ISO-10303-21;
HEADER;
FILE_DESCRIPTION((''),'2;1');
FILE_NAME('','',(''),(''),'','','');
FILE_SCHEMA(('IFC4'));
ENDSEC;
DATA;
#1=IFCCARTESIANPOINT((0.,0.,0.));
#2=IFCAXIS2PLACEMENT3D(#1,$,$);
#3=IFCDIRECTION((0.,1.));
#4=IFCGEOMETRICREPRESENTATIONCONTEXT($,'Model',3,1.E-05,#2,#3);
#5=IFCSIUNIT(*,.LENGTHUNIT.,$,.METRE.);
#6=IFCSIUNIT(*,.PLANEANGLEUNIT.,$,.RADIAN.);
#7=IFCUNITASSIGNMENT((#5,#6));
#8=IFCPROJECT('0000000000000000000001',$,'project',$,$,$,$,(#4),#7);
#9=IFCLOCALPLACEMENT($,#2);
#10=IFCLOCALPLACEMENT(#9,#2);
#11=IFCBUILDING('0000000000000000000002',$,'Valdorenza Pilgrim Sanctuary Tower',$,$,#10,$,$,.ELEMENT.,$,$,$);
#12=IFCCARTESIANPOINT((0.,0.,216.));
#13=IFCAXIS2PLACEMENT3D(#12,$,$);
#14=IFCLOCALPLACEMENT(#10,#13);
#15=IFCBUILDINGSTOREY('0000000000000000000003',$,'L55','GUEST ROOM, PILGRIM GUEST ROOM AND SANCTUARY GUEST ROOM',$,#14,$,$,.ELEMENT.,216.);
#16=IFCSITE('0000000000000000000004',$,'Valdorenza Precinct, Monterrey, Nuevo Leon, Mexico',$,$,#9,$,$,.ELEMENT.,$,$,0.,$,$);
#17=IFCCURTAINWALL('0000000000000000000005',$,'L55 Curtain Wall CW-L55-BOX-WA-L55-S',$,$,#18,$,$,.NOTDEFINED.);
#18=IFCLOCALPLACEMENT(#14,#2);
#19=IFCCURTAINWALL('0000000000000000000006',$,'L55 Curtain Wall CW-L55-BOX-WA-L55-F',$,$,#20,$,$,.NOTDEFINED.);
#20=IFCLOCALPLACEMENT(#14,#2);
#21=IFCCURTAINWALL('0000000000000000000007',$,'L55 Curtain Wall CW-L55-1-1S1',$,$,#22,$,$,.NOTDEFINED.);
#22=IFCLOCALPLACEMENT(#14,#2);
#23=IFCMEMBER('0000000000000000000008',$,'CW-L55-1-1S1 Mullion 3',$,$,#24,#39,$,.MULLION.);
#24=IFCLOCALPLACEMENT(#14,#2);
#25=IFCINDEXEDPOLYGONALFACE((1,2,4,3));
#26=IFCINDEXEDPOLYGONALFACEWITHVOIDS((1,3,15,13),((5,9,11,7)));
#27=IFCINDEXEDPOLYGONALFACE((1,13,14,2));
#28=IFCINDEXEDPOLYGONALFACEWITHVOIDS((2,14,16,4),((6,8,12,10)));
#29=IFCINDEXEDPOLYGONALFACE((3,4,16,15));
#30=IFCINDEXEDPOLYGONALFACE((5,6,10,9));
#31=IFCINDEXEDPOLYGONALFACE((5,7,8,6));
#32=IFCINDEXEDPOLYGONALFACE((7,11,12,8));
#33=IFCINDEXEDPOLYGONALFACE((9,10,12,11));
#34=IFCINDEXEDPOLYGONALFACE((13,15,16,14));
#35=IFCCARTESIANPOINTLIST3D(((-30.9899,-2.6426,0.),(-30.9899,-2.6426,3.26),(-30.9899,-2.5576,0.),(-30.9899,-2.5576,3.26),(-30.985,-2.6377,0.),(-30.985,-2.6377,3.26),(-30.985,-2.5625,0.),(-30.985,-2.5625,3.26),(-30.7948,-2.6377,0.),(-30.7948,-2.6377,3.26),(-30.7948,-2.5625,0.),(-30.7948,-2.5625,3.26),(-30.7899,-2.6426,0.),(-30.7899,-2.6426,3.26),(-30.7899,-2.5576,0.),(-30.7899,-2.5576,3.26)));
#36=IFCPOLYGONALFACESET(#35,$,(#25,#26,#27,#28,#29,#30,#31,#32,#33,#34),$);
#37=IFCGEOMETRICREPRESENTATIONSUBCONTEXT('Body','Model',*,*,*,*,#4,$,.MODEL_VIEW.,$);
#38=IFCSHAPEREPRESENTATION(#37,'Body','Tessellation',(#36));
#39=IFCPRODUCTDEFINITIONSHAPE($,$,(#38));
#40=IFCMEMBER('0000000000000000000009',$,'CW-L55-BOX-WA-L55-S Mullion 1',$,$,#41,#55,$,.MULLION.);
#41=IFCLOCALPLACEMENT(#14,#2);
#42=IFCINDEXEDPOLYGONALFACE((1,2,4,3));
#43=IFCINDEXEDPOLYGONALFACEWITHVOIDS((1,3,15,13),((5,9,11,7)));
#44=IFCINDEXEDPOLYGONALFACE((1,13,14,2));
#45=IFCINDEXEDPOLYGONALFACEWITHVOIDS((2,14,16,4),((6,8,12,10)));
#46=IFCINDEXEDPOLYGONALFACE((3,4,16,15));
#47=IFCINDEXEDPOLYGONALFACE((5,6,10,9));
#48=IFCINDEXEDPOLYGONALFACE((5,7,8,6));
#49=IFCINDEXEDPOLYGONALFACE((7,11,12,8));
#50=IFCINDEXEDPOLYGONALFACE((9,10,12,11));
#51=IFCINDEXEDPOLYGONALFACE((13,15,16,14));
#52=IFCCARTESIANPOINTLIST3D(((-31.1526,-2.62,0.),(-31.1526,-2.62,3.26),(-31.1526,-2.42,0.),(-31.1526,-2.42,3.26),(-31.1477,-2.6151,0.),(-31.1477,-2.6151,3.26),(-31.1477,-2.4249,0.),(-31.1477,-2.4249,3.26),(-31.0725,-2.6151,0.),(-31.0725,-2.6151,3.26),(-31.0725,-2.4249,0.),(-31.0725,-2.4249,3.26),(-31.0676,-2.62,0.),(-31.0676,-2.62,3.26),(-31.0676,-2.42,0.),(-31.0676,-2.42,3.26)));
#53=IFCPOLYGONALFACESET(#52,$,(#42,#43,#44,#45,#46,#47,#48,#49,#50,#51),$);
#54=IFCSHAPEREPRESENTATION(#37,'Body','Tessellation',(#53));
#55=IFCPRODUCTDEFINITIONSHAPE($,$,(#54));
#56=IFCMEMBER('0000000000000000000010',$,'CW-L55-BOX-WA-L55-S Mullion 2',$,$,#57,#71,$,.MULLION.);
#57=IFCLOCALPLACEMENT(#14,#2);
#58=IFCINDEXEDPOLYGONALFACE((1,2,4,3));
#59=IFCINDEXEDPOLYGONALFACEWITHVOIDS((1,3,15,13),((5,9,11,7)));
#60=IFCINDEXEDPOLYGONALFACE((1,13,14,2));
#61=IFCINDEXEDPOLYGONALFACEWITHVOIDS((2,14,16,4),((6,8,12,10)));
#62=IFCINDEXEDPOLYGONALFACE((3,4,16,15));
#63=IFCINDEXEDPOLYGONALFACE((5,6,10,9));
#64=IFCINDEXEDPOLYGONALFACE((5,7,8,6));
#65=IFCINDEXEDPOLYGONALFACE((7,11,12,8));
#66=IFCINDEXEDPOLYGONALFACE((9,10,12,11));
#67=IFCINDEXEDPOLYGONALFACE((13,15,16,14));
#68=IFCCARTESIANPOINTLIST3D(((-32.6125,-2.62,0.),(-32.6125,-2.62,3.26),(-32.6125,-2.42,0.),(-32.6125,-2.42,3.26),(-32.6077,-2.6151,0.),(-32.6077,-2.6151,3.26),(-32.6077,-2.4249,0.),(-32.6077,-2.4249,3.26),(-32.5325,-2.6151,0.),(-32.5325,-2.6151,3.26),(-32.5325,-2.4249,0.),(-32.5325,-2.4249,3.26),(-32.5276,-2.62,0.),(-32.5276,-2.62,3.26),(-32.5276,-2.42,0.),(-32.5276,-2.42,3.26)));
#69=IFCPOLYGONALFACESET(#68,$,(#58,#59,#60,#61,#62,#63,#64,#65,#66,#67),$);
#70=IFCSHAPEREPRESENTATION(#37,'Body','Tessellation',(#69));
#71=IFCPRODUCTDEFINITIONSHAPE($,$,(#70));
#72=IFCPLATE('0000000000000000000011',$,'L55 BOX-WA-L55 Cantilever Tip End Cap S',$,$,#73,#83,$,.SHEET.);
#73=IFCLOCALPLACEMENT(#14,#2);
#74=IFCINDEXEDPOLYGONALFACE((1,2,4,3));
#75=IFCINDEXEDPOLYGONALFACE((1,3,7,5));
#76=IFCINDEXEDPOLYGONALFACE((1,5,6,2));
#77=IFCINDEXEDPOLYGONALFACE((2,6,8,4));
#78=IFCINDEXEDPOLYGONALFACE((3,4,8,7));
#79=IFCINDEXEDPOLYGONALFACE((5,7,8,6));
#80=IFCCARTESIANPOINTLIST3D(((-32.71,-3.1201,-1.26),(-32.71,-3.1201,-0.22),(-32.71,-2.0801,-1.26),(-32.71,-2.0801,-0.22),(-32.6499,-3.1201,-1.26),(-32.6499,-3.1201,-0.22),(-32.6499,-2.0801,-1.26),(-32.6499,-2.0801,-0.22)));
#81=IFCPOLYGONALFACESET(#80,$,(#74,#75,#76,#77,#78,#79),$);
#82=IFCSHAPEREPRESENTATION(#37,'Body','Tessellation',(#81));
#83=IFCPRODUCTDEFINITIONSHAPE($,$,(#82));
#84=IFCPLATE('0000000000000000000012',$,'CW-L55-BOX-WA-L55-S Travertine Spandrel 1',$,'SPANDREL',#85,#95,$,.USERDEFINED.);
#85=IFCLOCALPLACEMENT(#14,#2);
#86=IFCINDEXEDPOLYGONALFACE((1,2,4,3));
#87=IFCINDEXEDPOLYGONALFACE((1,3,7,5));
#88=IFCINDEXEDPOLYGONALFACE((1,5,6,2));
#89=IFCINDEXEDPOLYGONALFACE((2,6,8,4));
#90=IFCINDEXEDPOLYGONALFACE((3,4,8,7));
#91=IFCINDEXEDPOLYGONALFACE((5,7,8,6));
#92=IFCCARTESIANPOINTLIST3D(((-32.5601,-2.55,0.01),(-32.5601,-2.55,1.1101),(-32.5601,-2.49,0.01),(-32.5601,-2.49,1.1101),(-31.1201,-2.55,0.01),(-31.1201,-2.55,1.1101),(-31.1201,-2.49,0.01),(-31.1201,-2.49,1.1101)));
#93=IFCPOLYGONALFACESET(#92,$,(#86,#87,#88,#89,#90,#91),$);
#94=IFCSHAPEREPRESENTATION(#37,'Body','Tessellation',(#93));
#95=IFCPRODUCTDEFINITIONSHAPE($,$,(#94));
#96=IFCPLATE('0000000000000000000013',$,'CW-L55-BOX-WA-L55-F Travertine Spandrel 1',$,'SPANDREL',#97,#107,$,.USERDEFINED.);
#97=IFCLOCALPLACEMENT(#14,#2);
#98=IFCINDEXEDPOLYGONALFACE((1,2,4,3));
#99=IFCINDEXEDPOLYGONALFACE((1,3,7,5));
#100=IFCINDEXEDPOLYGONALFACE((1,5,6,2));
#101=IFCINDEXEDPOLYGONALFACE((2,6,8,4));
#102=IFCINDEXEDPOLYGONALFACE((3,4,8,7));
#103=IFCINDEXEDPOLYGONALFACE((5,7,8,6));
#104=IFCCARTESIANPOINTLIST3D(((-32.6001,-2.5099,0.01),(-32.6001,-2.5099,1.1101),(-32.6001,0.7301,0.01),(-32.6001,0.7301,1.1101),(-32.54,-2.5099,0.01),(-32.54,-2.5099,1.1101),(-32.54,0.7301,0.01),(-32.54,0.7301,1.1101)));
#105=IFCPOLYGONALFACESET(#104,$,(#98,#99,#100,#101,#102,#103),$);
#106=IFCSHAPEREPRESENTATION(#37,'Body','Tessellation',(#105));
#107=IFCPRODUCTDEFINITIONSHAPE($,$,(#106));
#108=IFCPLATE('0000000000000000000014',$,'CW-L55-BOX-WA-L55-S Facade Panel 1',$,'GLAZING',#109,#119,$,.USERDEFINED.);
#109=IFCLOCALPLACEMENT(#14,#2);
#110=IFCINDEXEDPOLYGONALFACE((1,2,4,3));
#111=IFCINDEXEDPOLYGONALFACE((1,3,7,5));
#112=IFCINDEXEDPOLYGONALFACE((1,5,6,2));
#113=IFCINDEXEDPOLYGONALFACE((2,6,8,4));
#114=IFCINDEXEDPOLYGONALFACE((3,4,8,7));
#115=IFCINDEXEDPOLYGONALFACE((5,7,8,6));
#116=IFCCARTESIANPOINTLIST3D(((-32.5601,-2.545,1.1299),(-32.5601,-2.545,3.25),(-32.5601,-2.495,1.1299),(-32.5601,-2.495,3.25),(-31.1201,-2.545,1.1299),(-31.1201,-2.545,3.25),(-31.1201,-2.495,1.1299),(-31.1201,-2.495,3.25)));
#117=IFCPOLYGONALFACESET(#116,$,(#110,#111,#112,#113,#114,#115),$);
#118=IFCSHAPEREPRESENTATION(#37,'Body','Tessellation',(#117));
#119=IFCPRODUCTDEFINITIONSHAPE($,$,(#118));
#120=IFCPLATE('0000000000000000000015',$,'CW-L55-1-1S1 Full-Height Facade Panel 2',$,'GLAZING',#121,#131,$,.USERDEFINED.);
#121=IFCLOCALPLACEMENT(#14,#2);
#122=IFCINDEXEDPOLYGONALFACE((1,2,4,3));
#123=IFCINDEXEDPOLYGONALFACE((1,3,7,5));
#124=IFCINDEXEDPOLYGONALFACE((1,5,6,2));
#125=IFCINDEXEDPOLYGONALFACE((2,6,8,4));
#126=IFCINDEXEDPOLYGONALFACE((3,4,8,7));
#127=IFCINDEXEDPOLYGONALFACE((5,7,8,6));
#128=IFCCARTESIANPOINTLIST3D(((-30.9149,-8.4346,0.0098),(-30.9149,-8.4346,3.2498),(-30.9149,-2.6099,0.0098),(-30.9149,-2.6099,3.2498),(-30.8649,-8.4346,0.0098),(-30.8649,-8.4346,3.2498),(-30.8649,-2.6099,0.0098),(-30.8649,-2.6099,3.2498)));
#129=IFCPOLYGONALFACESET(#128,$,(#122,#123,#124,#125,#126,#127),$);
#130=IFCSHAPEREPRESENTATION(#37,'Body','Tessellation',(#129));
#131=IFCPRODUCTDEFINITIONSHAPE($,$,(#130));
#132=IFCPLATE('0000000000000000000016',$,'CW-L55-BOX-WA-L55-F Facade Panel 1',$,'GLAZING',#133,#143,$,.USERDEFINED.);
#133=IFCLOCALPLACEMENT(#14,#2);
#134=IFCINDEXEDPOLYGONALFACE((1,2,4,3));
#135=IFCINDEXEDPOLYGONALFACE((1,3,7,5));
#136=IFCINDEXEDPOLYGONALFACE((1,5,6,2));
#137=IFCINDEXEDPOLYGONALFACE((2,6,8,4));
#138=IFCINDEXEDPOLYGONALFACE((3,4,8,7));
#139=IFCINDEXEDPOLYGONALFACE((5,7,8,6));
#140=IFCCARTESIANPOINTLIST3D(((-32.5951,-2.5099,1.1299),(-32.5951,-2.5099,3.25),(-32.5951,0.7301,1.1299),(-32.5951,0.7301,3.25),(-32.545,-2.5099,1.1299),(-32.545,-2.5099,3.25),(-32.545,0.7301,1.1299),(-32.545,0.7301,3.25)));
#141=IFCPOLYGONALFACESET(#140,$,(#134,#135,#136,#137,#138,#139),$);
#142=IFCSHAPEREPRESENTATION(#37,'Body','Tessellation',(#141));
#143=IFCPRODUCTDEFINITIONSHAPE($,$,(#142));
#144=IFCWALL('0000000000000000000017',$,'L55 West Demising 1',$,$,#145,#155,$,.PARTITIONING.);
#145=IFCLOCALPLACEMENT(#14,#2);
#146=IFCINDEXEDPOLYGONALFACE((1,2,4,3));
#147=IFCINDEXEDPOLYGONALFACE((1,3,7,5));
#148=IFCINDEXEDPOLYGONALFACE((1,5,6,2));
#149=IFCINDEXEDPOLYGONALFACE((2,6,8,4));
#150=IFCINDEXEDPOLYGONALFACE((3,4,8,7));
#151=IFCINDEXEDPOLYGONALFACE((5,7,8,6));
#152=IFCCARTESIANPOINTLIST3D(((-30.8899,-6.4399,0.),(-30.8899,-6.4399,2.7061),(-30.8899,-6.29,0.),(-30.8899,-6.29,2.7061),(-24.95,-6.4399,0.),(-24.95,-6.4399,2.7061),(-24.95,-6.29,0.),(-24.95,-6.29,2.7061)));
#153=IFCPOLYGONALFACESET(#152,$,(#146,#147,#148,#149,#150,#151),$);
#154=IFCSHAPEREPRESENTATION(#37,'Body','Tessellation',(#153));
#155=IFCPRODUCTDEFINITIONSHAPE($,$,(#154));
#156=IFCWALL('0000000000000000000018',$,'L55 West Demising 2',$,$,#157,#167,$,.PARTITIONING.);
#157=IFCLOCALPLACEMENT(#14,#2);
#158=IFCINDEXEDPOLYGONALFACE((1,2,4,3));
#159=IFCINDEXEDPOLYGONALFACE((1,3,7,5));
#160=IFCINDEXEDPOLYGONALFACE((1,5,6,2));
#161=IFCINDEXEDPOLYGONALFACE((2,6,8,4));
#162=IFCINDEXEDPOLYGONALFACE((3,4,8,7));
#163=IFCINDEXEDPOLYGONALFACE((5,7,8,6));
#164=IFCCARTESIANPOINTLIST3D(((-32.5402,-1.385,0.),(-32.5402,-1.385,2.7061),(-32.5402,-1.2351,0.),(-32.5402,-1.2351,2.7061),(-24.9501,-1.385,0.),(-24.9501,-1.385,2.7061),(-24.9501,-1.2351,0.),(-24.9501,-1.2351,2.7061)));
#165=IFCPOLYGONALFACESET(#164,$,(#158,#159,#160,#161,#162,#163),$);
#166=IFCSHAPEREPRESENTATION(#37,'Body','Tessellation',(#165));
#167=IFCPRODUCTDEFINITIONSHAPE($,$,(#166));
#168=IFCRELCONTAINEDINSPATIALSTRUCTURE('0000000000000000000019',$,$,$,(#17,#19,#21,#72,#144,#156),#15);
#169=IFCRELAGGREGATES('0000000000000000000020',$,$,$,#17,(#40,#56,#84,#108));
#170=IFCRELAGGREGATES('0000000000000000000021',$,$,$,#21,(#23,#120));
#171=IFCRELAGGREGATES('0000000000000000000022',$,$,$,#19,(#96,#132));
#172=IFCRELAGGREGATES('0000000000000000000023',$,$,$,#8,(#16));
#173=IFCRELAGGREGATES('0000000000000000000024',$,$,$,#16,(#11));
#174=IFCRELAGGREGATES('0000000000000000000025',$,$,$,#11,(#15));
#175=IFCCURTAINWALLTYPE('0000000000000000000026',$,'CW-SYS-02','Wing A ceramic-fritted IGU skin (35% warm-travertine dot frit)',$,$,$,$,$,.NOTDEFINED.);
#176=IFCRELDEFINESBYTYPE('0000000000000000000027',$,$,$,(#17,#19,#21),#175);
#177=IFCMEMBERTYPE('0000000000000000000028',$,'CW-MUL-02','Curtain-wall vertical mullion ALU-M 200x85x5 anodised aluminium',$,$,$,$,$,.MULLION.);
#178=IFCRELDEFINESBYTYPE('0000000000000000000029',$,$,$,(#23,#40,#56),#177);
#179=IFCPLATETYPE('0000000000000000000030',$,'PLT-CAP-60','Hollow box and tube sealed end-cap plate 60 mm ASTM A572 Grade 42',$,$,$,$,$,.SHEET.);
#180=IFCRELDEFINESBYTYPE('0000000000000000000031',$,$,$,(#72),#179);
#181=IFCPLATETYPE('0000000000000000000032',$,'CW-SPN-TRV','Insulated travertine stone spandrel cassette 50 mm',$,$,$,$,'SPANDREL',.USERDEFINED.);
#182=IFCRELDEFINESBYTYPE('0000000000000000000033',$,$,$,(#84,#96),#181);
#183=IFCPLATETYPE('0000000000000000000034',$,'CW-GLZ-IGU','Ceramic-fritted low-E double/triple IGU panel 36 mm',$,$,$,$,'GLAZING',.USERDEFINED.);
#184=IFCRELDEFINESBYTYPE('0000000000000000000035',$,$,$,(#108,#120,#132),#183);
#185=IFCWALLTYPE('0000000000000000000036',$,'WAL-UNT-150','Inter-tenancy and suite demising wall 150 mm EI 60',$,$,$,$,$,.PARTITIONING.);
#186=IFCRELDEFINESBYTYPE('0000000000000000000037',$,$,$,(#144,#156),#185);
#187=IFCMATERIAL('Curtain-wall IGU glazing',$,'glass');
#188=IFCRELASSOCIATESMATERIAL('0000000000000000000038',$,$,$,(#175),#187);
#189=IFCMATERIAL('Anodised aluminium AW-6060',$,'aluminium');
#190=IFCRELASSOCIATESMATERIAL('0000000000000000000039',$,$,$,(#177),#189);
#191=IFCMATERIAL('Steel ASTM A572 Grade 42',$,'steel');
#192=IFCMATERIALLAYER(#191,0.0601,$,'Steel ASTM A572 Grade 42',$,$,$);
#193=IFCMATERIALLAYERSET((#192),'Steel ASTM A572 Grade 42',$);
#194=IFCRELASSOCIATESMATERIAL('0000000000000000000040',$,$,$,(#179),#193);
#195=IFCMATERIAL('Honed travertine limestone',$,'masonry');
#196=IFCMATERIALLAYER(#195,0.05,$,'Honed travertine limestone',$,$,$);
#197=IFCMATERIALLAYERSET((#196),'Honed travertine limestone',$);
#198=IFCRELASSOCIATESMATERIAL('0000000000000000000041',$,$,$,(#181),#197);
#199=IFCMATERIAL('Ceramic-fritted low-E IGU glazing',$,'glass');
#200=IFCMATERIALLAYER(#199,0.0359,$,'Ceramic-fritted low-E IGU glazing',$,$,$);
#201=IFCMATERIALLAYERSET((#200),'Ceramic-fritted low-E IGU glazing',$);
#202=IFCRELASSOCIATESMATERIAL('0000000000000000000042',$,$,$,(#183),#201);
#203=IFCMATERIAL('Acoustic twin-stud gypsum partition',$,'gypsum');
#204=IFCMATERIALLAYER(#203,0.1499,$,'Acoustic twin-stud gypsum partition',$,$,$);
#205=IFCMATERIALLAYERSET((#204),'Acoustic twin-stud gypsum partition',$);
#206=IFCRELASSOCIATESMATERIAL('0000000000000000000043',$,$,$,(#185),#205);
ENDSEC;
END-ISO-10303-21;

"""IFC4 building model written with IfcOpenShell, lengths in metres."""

from ifc_helpers import new_model, si_unit, direction, frame, frame_2d, origin, origin_2d, place, context, subcontext, project, spatial, rectangle, hollow_rectangle, extrude, source, transform, mapped, material, layer, layer_set, material_profile, profile_set, type_object, element, aggregate, save


model = new_model("IFC4")

# Units and contexts
model_context = context("Model", 3, precision=1e-05, world=origin(), true_north=direction((0.0, 1.0)))
body_context = subcontext(model_context, "Body", "Model", "MODEL_VIEW")
ifc_project = project(units=[si_unit("LENGTHUNIT", "METRE"), si_unit("PLANEANGLEUNIT", "RADIAN")], contexts=[model_context])

# Site, building, storey
site_placement = place(None, origin())
site = spatial("IfcSite", under=ifc_project, at=site_placement, Name="Valdorenza Precinct, Monterrey, Nuevo Leon, Mexico", CompositionType="ELEMENT", RefElevation=0.0)
building_placement = place(site_placement, origin())
building = spatial("IfcBuilding", under=site, at=building_placement, Name="Valdorenza Pilgrim Sanctuary Tower", CompositionType="ELEMENT")
storey_placement = place(building_placement, frame((0.0, 0.0, 216.0)))
storey = spatial("IfcBuildingStorey", under=building, at=storey_placement, Name="L55", Description="GUEST ROOM, PILGRIM GUEST ROOM AND SANCTUARY GUEST ROOM", CompositionType="ELEMENT", Elevation=216.0)

# Curtain walls, member
ifc_material_1 = material(Name="Curtain-wall IGU glazing", Category="glass")
curtain_wall_type = type_object("IfcCurtainWallType", Name="CW-SYS-02", Description="Wing A ceramic-fritted IGU skin (35% warm-travertine dot frit)", PredefinedType="NOTDEFINED", material=ifc_material_1)
curtain_wall_1_placement = place(storey_placement, origin())
curtain_wall_1 = element("IfcCurtainWall", 1, at=curtain_wall_1_placement, inside=storey, type_object=curtain_wall_type, Name="L55 Curtain Wall CW-L55-BOX-WA-L55-S", PredefinedType="NOTDEFINED")
ifc_material_2 = material(Name="Anodised aluminium AW-6060", Category="aluminium")
curtain_wall_2_placement = place(storey_placement, origin())
curtain_wall_2 = element("IfcCurtainWall", 2, at=curtain_wall_2_placement, inside=storey, type_object=curtain_wall_type, Name="L55 Curtain Wall CW-L55-BOX-WA-L55-F", PredefinedType="NOTDEFINED")
curtain_wall_3_placement = place(storey_placement, origin())
curtain_wall_3 = element("IfcCurtainWall", 3, at=curtain_wall_3_placement, inside=storey, type_object=curtain_wall_type, Name="L55 Curtain Wall CW-L55-1-1S1", PredefinedType="NOTDEFINED")
ifc_material_profile_1 = material_profile(ifc_material_2, hollow_rectangle(XDim=0.085, YDim=0.2, WallThickness=0.0049, at=origin_2d()), Name="ALU-M 200x85x5")
ifc_profile_set_1 = profile_set([ifc_material_profile_1], Name="Anodised aluminium AW-6060")
member_type_1 = type_object("IfcMemberType", Name="CW-MUL-02", Description="Curtain-wall vertical mullion ALU-M 200x85x5 anodised aluminium", PredefinedType="MULLION", material=ifc_profile_set_1)
shared_shape_1 = source(origin(), body_context, "Body", "SweptSolid", [
    extrude(hollow_rectangle(XDim=0.085, YDim=0.2, WallThickness=0.0049, at=origin_2d()), origin(), (0.0, 0.0, 1.0), 3.26),
])
member_1_placement = place(storey_placement, frame((-30.8899, -2.6001, 0.0), z_axis=(0.0, 0.0, 1.0), x_axis=(0.0, 1.0, 0.0)))
member_1 = element("IfcMember", 4, at=member_1_placement, type_object=member_type_1, Name="CW-L55-1-1S1 Mullion 3", PredefinedType="MULLION", context=body_context, shape_type="MappedRepresentation", body=[
    mapped(shared_shape_1, transform((0.0, 0.0, 0.0), x_axis=(1.0, 0.0, 0.0), y_axis=(0.0, 1.0, 0.0), z_axis=(0.0, 0.0, 1.0), scale=1.0)),
])

# Members
member_2_placement = place(storey_placement, frame((-31.1101, -2.52, 0.0), z_axis=(0.0, 0.0, 1.0), x_axis=(-1.0, 0.0, 0.0)))
member_2 = element("IfcMember", 5, at=member_2_placement, type_object=member_type_1, Name="CW-L55-BOX-WA-L55-S Mullion 1", PredefinedType="MULLION", context=body_context, shape_type="MappedRepresentation", body=[
    mapped(shared_shape_1, transform((0.0, 0.0, 0.0), x_axis=(1.0, 0.0, 0.0), y_axis=(0.0, 1.0, 0.0), z_axis=(0.0, 0.0, 1.0), scale=1.0)),
])
member_3_placement = place(storey_placement, frame((-32.5701, -2.52, 0.0), z_axis=(0.0, 0.0, 1.0), x_axis=(-1.0, 0.0, 0.0)))
member_3 = element("IfcMember", 6, at=member_3_placement, type_object=member_type_1, Name="CW-L55-BOX-WA-L55-S Mullion 2", PredefinedType="MULLION", context=body_context, shape_type="MappedRepresentation", body=[
    mapped(shared_shape_1, transform((0.0, 0.0, 0.0), x_axis=(1.0, 0.0, 0.0), y_axis=(0.0, 1.0, 0.0), z_axis=(0.0, 0.0, 1.0), scale=1.0)),
])

# Plates
ifc_material_3 = material(Name="Steel ASTM A572 Grade 42", Category="steel")
ifc_layer_1 = layer(ifc_material_3, 0.0601, Name="Steel ASTM A572 Grade 42")
ifc_layer_set_1 = layer_set([ifc_layer_1], Name="Steel ASTM A572 Grade 42")
plate_type_1 = type_object("IfcPlateType", Name="PLT-CAP-60", Description="Hollow box and tube sealed end-cap plate 60 mm ASTM A572 Grade 42", PredefinedType="SHEET", material=ifc_layer_set_1)
shared_shape_2 = source(origin(), body_context, "Body", "SweptSolid", [
    extrude(rectangle(XDim=0.0601, YDim=1.04, at=origin_2d()), origin(), (0.0, 0.0, 1.0), 1.04),
])
plate_1_placement = place(storey_placement, frame((-32.6799, -2.6001, -1.26), z_axis=(0.0, 0.0, 1.0), x_axis=(1.0, 0.0, 0.0)))
element("IfcPlate", 7, at=plate_1_placement, inside=storey, type_object=plate_type_1, Name="L55 BOX-WA-L55 Cantilever Tip End Cap S", PredefinedType="SHEET", context=body_context, shape_type="MappedRepresentation", body=[
    mapped(shared_shape_2, transform((0.0, 0.0, 0.0), x_axis=(1.0, 0.0, 0.0), y_axis=(0.0, 1.0, 0.0), z_axis=(0.0, 0.0, 1.0), scale=1.0)),
])
ifc_material_4 = material(Name="Honed travertine limestone", Category="masonry")
ifc_layer_2 = layer(ifc_material_4, 0.05, Name="Honed travertine limestone")
ifc_layer_set_2 = layer_set([ifc_layer_2], Name="Honed travertine limestone")
plate_type_2 = type_object("IfcPlateType", Name="CW-SPN-TRV", Description="Insulated travertine stone spandrel cassette 50 mm", ElementType="SPANDREL", PredefinedType="USERDEFINED", material=ifc_layer_set_2)
shared_shape_3 = source(origin(), body_context, "Body", "SweptSolid", [
    extrude(rectangle(XDim=1.4399, YDim=0.0601, at=origin_2d()), origin(), (0.0, 0.0, 1.0), 1.1001),
])
plate_2_placement = place(storey_placement, frame((-31.8401, -2.52, 0.01), z_axis=(0.0, 0.0, 1.0), x_axis=(-1.0, 0.0, 0.0)))
plate_2 = element("IfcPlate", 8, at=plate_2_placement, type_object=plate_type_2, Name="CW-L55-BOX-WA-L55-S Travertine Spandrel 1", ObjectType="SPANDREL", PredefinedType="USERDEFINED", context=body_context, shape_type="MappedRepresentation", body=[
    mapped(shared_shape_3, transform((0.0, 0.0, 0.0), x_axis=(1.0, 0.0, 0.0), y_axis=(0.0, 1.0, 0.0), z_axis=(0.0, 0.0, 1.0), scale=1.0)),
])
shared_shape_4 = source(origin(), body_context, "Body", "SweptSolid", [
    extrude(rectangle(XDim=3.24, YDim=0.0601, at=origin_2d()), origin(), (0.0, 0.0, 1.0), 1.1001),
])
plate_3_placement = place(storey_placement, frame((-32.5701, -0.8899, 0.01), z_axis=(0.0, 0.0, 1.0), x_axis=(0.0, 1.0, 0.0)))
plate_3 = element("IfcPlate", 9, at=plate_3_placement, type_object=plate_type_2, Name="CW-L55-BOX-WA-L55-F Travertine Spandrel 1", ObjectType="SPANDREL", PredefinedType="USERDEFINED", context=body_context, shape_type="MappedRepresentation", body=[
    mapped(shared_shape_4, transform((0.0, 0.0, 0.0), x_axis=(1.0, 0.0, 0.0), y_axis=(0.0, 1.0, 0.0), z_axis=(0.0, 0.0, 1.0), scale=1.0)),
])
ifc_material_5 = material(Name="Ceramic-fritted low-E IGU glazing", Category="glass")
ifc_layer_3 = layer(ifc_material_5, 0.0359, Name="Ceramic-fritted low-E IGU glazing")
ifc_layer_set_3 = layer_set([ifc_layer_3], Name="Ceramic-fritted low-E IGU glazing")
plate_type_3 = type_object("IfcPlateType", Name="CW-GLZ-IGU", Description="Ceramic-fritted low-E double/triple IGU panel 36 mm", ElementType="GLAZING", PredefinedType="USERDEFINED", material=ifc_layer_set_3)
shared_shape_5 = source(origin(), body_context, "Body", "SweptSolid", [
    extrude(rectangle(XDim=1.4399, YDim=0.05, at=origin_2d()), origin(), (0.0, 0.0, 1.0), 2.1201),
])
plate_4_placement = place(storey_placement, frame((-31.8401, -2.52, 1.1299), z_axis=(0.0, 0.0, 1.0), x_axis=(-1.0, 0.0, 0.0)))
plate_4 = element("IfcPlate", 10, at=plate_4_placement, type_object=plate_type_3, Name="CW-L55-BOX-WA-L55-S Facade Panel 1", ObjectType="GLAZING", PredefinedType="USERDEFINED", context=body_context, shape_type="MappedRepresentation", body=[
    mapped(shared_shape_5, transform((0.0, 0.0, 0.0), x_axis=(1.0, 0.0, 0.0), y_axis=(0.0, 1.0, 0.0), z_axis=(0.0, 0.0, 1.0), scale=1.0)),
])
aggregate(curtain_wall_1, [member_2, member_3, plate_2, plate_4])
shared_shape_6 = source(origin(), body_context, "Body", "SweptSolid", [
    extrude(rectangle(XDim=5.8247, YDim=0.05, at=origin_2d()), origin(), (0.0, 0.0, 1.0), 3.24),
])
plate_5_placement = place(storey_placement, frame((-30.8899, -5.5222, 0.0098), z_axis=(0.0, 0.0, 1.0), x_axis=(0.0, 1.0, 0.0)))
plate_5 = element("IfcPlate", 11, at=plate_5_placement, type_object=plate_type_3, Name="CW-L55-1-1S1 Full-Height Facade Panel 2", ObjectType="GLAZING", PredefinedType="USERDEFINED", context=body_context, shape_type="MappedRepresentation", body=[
    mapped(shared_shape_6, transform((0.0, 0.0, 0.0), x_axis=(1.0, 0.0, 0.0), y_axis=(0.0, 1.0, 0.0), z_axis=(0.0, 0.0, 1.0), scale=1.0)),
])
aggregate(curtain_wall_3, [member_1, plate_5])
shared_shape_7 = source(origin(), body_context, "Body", "SweptSolid", [
    extrude(rectangle(XDim=3.24, YDim=0.05, at=origin_2d()), origin(), (0.0, 0.0, 1.0), 2.1201),
])
plate_6_placement = place(storey_placement, frame((-32.5701, -0.8899, 1.1299), z_axis=(0.0, 0.0, 1.0), x_axis=(0.0, 1.0, 0.0)))
plate_6 = element("IfcPlate", 12, at=plate_6_placement, type_object=plate_type_3, Name="CW-L55-BOX-WA-L55-F Facade Panel 1", ObjectType="GLAZING", PredefinedType="USERDEFINED", context=body_context, shape_type="MappedRepresentation", body=[
    mapped(shared_shape_7, transform((0.0, 0.0, 0.0), x_axis=(1.0, 0.0, 0.0), y_axis=(0.0, 1.0, 0.0), z_axis=(0.0, 0.0, 1.0), scale=1.0)),
])
aggregate(curtain_wall_2, [plate_3, plate_6])

# Walls
ifc_material_6 = material(Name="Acoustic twin-stud gypsum partition", Category="gypsum")
ifc_layer_4 = layer(ifc_material_6, 0.1499, Name="Acoustic twin-stud gypsum partition")
ifc_layer_set_4 = layer_set([ifc_layer_4], Name="Acoustic twin-stud gypsum partition")
wall_type = type_object("IfcWallType", Name="WAL-UNT-150", Description="Inter-tenancy and suite demising wall 150 mm EI 60", PredefinedType="PARTITIONING", material=ifc_layer_set_4)
wall_1_placement = place(storey_placement, frame((-30.8899, -6.365, 0.0), z_axis=(0.0, 0.0, 1.0), x_axis=(1.0, 0.0, 0.0)))
element("IfcWall", 13, at=wall_1_placement, inside=storey, type_object=wall_type, Name="L55 West Demising 1", PredefinedType="PARTITIONING", context=body_context, shape_type="SweptSolid", body=[
    extrude(rectangle(XDim=5.9399, YDim=0.1499, at=frame_2d((2.97, 0.0))), origin(), (0.0, 0.0, 1.0), 2.7061),
])
wall_2_placement = place(storey_placement, frame((-32.54, -1.3101, 0.0), z_axis=(0.0, 0.0, 1.0), x_axis=(1.0, 0.0, 0.0)))
element("IfcWall", 14, at=wall_2_placement, inside=storey, type_object=wall_type, Name="L55 West Demising 2", PredefinedType="PARTITIONING", context=body_context, shape_type="SweptSolid", body=[
    extrude(rectangle(XDim=7.5901, YDim=0.1499, at=frame_2d((3.7949, 0.0))), origin(), (0.0, 0.0, 1.0), 2.7061),
])

save(model, "model.ifc")
